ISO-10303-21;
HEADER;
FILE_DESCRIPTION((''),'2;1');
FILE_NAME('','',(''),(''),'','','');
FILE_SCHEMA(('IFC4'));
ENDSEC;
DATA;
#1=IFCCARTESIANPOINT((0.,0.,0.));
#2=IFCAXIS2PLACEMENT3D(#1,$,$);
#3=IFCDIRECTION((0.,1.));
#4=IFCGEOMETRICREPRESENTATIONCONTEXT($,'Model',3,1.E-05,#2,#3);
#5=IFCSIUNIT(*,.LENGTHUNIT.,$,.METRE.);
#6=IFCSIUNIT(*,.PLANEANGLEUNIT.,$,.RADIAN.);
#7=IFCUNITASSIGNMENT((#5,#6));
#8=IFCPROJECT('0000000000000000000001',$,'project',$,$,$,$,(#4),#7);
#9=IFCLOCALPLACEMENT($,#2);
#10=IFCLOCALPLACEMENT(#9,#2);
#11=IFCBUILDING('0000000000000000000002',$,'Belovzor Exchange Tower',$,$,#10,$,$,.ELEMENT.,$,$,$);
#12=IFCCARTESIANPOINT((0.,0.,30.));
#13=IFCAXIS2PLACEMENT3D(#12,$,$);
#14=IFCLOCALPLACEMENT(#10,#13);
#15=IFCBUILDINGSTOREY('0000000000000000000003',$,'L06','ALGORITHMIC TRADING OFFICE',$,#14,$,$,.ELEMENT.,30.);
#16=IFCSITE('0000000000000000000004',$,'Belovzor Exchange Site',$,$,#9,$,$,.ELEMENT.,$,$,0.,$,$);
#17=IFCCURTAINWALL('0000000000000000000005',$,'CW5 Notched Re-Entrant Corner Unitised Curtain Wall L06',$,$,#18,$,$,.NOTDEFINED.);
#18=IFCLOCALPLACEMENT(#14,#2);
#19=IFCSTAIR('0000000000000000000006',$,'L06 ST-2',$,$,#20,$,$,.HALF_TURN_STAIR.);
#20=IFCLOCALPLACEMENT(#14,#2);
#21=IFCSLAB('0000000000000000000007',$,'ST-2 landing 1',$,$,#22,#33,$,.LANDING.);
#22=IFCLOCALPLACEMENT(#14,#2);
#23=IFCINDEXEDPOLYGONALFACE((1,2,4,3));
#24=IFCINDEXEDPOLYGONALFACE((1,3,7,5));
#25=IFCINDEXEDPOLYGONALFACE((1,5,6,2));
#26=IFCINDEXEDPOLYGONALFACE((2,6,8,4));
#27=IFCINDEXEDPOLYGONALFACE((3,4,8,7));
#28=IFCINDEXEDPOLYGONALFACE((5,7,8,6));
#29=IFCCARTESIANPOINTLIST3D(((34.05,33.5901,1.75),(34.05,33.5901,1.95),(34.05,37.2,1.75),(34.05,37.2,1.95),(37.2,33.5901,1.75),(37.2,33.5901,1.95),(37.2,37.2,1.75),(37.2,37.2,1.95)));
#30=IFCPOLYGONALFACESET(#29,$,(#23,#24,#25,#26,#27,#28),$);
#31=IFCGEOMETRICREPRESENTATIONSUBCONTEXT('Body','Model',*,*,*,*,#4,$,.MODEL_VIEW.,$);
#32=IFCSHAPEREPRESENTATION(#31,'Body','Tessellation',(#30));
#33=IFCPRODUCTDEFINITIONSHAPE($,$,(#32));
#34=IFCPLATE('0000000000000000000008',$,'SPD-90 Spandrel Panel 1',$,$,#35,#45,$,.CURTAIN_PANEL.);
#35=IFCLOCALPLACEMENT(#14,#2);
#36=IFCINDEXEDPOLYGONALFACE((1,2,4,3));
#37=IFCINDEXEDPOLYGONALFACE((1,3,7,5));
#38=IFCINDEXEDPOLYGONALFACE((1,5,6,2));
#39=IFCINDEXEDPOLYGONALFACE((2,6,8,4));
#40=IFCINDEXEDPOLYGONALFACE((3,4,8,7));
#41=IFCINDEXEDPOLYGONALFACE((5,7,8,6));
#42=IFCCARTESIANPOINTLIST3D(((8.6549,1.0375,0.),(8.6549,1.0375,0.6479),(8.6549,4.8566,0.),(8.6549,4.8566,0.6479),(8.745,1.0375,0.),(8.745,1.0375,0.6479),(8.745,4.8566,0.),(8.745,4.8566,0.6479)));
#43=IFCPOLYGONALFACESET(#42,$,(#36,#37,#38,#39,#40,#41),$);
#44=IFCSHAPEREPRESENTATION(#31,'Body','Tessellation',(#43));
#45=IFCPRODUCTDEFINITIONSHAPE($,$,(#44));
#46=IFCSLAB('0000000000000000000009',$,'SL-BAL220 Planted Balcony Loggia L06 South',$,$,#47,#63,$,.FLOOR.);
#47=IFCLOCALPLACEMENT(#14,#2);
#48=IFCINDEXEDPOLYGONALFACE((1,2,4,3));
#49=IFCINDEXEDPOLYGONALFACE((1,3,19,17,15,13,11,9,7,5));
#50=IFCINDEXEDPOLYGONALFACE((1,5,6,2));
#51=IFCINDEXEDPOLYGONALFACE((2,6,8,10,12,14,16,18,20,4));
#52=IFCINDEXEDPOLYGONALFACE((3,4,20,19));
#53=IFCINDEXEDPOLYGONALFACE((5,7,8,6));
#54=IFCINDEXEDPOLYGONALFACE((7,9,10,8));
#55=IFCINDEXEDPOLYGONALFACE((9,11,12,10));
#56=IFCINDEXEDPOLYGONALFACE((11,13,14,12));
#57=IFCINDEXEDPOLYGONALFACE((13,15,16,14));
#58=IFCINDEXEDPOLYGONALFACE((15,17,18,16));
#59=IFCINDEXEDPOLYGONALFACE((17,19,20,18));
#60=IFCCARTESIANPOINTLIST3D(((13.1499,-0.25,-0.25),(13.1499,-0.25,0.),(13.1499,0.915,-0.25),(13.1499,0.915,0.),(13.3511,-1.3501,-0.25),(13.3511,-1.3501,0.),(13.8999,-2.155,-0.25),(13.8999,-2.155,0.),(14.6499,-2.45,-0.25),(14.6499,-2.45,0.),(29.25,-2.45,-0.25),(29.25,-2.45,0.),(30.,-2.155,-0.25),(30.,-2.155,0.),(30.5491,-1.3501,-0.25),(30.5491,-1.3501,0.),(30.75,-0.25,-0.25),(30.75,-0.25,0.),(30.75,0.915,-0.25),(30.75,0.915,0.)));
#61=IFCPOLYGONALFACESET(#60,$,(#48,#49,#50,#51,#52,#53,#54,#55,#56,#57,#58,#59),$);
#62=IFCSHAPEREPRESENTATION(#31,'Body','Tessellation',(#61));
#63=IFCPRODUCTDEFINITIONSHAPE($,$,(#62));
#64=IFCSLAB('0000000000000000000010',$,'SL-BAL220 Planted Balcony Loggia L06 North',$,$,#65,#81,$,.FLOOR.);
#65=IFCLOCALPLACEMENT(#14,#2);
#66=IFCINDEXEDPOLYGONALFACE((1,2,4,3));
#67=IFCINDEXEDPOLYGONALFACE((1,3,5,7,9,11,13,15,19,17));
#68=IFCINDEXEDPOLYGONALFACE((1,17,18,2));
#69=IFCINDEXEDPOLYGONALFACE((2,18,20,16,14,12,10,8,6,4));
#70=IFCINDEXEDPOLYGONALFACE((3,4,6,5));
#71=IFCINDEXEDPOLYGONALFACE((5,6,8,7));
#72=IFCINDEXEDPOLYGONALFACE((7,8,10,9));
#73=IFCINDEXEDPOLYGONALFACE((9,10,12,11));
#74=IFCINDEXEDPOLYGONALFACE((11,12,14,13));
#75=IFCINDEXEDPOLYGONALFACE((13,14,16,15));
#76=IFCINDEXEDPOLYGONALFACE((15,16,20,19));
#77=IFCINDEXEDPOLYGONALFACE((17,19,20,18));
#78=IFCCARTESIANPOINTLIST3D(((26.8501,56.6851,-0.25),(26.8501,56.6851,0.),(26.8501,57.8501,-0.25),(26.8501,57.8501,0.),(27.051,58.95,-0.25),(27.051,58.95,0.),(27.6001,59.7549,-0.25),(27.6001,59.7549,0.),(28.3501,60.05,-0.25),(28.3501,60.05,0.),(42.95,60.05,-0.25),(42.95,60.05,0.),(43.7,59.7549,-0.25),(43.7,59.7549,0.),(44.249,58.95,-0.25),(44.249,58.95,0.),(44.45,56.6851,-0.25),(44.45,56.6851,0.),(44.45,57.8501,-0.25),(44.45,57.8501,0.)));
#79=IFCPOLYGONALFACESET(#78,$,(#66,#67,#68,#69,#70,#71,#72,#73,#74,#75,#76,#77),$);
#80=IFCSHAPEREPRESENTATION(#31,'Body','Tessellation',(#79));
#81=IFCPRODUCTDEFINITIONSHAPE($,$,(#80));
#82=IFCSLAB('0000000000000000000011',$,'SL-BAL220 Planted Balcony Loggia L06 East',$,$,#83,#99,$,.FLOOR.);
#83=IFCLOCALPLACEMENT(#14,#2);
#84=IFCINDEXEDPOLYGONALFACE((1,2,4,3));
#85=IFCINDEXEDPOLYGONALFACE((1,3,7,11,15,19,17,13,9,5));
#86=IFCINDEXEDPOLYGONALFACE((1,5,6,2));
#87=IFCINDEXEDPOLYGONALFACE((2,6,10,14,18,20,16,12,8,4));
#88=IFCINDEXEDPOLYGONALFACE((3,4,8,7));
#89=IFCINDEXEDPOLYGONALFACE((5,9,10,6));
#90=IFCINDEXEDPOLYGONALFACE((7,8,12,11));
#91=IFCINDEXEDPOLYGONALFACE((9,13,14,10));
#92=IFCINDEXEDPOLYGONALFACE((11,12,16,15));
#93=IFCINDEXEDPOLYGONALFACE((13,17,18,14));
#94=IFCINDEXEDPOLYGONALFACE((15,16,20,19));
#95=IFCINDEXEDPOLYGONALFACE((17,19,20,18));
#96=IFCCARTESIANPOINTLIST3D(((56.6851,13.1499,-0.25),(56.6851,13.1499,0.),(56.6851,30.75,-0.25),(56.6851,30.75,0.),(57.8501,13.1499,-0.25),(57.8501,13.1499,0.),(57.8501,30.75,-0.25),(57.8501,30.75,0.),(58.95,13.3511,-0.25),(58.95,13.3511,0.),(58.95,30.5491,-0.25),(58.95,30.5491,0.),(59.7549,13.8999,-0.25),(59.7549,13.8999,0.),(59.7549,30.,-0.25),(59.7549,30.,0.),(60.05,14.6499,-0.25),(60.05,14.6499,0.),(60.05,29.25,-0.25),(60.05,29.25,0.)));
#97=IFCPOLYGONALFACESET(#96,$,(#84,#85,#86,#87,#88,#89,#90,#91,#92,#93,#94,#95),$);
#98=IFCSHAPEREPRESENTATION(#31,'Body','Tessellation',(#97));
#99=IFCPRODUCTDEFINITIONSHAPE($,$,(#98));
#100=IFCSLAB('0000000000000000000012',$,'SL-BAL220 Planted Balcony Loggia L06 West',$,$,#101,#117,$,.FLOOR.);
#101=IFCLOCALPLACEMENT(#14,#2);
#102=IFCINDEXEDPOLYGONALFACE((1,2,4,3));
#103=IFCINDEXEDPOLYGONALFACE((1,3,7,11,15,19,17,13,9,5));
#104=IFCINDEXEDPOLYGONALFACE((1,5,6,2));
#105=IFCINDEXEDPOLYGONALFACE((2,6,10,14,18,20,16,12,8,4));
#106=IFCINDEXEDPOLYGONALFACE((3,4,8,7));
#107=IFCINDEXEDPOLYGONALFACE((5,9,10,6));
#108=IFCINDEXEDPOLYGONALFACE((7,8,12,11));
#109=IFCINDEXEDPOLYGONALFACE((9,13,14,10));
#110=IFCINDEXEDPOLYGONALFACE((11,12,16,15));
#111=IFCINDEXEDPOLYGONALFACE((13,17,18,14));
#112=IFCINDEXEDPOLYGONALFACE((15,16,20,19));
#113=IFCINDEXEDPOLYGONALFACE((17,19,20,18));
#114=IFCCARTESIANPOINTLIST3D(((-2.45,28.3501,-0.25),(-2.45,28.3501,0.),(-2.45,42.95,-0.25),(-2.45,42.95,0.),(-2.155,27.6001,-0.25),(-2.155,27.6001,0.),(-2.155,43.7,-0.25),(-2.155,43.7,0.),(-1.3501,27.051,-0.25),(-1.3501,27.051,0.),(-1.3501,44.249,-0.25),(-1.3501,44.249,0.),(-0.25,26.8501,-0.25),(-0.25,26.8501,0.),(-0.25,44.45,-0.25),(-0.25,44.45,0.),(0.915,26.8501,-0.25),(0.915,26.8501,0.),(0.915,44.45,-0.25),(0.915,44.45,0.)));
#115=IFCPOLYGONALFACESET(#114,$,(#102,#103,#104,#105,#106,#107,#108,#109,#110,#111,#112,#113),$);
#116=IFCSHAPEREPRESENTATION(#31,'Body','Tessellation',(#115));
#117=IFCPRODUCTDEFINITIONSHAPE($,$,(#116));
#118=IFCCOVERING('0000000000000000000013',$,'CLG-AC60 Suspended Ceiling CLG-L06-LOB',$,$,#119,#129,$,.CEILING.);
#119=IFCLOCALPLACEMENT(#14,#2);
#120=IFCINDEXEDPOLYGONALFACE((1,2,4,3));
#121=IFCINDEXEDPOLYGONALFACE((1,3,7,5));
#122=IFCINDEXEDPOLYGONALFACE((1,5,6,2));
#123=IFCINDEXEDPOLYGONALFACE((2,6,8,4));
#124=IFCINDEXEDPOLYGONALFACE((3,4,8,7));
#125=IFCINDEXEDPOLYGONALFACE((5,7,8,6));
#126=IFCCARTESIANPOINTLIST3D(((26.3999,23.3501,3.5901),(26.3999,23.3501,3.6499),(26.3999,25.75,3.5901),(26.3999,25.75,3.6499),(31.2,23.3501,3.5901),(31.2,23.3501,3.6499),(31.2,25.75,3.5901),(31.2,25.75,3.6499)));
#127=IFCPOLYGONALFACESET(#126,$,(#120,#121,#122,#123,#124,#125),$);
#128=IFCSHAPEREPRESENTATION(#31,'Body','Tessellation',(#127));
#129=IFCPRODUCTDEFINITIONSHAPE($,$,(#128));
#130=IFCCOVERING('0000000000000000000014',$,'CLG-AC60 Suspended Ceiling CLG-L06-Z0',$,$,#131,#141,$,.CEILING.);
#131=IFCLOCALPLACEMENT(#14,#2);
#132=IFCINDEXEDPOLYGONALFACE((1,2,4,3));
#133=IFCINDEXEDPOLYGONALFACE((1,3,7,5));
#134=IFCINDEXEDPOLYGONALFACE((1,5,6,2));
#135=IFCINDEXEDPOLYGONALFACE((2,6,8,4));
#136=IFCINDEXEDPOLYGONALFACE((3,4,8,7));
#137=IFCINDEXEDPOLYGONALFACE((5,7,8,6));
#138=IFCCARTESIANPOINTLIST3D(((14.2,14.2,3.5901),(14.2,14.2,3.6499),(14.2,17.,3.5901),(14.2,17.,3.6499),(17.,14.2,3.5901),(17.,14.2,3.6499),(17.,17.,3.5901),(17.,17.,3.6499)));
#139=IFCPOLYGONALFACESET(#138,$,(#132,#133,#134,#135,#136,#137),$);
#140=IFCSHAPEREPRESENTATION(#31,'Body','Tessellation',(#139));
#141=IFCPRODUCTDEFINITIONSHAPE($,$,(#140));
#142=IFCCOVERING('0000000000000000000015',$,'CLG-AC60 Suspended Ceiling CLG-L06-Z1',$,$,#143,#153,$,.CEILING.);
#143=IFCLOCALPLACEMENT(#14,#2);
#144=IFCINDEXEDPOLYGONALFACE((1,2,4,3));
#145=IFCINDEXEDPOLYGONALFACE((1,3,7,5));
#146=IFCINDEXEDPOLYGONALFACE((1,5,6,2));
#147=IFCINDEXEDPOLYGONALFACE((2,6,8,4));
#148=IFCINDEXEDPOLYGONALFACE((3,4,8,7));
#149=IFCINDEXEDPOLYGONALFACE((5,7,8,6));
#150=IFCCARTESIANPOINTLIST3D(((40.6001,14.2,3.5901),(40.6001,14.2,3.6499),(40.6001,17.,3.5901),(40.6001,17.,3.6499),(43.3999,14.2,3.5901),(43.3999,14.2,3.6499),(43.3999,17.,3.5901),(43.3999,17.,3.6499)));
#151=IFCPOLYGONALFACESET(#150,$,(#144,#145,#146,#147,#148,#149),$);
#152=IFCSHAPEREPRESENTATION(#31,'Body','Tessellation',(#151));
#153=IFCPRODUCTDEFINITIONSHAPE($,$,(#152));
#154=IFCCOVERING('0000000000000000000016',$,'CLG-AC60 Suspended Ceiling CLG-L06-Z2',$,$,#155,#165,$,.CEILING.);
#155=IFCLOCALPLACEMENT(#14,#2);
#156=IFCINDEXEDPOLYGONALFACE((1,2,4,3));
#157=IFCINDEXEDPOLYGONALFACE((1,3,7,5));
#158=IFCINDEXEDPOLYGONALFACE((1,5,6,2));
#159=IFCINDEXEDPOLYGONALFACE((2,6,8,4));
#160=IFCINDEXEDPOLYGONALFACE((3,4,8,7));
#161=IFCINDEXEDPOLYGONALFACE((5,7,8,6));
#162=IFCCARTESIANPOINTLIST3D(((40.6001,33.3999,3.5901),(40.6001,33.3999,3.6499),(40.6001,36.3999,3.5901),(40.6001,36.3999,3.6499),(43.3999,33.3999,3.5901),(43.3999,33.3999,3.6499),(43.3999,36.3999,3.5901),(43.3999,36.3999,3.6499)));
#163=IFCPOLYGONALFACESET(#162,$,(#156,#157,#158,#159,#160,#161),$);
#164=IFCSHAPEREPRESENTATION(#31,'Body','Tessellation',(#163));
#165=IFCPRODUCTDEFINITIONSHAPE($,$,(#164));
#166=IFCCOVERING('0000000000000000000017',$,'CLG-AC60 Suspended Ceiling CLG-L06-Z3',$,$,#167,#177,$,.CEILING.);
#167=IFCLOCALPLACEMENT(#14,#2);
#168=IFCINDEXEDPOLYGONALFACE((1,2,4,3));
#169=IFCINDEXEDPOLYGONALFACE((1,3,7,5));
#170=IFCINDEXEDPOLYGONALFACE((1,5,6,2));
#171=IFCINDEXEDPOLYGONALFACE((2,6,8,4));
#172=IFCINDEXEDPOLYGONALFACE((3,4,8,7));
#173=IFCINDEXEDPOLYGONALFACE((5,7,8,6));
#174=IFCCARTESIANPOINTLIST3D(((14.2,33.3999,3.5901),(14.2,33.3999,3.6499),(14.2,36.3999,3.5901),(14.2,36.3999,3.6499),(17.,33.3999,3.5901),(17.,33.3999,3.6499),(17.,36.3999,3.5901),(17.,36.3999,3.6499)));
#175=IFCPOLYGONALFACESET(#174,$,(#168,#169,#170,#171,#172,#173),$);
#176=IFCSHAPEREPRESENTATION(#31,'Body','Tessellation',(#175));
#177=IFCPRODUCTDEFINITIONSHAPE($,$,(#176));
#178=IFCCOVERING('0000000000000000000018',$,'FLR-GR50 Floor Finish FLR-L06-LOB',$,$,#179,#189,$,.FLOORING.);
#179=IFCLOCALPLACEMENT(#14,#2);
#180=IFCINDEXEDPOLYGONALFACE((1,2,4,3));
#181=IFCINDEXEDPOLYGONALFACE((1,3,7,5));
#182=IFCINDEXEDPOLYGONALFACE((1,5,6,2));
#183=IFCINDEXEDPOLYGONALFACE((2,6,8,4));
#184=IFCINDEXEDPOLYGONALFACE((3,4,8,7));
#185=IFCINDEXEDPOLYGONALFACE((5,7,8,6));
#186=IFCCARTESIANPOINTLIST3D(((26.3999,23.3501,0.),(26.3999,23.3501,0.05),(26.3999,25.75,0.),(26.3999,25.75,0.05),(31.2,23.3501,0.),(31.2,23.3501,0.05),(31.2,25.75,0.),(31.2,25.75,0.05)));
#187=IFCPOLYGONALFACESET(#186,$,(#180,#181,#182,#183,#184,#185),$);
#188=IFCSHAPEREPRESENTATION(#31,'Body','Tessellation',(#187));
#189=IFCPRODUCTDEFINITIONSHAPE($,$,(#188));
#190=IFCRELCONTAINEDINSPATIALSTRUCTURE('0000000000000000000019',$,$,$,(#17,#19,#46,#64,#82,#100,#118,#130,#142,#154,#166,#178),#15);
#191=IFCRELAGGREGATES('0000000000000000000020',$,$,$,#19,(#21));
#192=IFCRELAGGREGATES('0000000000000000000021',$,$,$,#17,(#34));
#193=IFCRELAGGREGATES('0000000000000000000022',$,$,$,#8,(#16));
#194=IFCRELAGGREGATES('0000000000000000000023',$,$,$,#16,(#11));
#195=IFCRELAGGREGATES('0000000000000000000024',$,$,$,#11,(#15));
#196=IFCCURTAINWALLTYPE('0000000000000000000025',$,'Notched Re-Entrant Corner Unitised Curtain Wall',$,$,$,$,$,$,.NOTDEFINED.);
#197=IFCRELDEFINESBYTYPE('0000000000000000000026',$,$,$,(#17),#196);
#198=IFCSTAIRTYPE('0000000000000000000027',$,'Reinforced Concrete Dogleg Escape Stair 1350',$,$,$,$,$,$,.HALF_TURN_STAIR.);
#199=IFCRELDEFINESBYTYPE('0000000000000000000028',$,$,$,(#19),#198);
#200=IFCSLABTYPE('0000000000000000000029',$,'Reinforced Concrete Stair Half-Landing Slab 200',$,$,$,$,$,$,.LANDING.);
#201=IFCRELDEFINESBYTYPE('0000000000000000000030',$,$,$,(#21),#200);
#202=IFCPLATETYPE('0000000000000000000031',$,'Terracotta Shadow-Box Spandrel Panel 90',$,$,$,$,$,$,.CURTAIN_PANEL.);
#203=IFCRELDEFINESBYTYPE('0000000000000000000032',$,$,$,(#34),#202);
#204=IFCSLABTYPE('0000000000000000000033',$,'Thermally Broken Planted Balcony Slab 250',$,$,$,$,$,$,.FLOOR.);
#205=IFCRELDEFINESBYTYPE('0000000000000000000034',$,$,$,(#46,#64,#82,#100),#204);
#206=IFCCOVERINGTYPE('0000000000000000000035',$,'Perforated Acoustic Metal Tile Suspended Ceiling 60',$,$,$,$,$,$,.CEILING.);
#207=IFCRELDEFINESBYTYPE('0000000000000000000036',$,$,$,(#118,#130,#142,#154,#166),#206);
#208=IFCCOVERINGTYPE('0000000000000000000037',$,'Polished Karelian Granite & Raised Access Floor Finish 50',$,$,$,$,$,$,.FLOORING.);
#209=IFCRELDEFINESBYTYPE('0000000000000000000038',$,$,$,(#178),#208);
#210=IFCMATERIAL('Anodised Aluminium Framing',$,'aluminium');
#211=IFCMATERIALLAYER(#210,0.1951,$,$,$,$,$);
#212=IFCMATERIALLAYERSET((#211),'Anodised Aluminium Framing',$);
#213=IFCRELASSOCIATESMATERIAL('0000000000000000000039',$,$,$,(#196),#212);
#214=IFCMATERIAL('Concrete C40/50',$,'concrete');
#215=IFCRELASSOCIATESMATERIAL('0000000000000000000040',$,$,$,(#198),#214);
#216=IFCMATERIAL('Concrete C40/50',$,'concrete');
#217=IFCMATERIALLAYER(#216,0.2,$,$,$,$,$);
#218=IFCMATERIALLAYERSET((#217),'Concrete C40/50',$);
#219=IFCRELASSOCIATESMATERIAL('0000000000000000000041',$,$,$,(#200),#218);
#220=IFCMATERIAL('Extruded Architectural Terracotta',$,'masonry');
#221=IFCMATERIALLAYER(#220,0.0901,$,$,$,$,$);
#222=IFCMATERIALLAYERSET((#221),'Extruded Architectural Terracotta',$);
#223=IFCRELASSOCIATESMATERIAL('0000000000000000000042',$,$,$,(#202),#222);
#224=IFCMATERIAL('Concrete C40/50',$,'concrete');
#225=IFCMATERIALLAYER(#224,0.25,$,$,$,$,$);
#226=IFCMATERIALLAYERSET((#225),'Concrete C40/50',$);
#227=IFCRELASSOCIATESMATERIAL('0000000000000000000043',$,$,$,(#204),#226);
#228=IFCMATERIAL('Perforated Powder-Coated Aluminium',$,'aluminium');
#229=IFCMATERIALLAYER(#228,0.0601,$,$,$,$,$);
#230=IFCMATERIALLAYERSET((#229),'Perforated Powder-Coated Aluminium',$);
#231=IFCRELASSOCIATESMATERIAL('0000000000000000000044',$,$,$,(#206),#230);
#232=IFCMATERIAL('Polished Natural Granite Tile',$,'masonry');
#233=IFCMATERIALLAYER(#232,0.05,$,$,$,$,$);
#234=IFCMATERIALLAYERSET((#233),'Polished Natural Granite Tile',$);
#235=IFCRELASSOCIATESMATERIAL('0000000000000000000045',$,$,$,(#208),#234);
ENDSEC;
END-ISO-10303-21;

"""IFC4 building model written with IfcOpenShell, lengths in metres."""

from ifc_helpers import new_model, si_unit, direction, frame, origin, origin_2d, place, context, subcontext, project, spatial, polyline, rectangle, outline, extrude, material, layer, layer_set, type_object, element, aggregate, save


model = new_model("IFC4")

# Units and contexts
model_context = context("Model", 3, precision=1e-05, world=origin(), true_north=direction((0.0, 1.0)))
body_context = subcontext(model_context, "Body", "Model", "MODEL_VIEW")
ifc_project = project(units=[si_unit("LENGTHUNIT", "METRE"), si_unit("PLANEANGLEUNIT", "RADIAN")], contexts=[model_context])

# Site, building, storey
site_placement = place(None, origin())
site = spatial("IfcSite", under=ifc_project, at=site_placement, Name="Belovzor Exchange Site", CompositionType="ELEMENT", RefElevation=0.0)
building_placement = place(site_placement, origin())
building = spatial("IfcBuilding", under=site, at=building_placement, Name="Belovzor Exchange Tower", CompositionType="ELEMENT")
storey_placement = place(building_placement, frame((0.0, 0.0, 30.0)))
storey = spatial("IfcBuildingStorey", under=building, at=storey_placement, Name="L06", Description="ALGORITHMIC TRADING OFFICE", CompositionType="ELEMENT", Elevation=30.0)

# Curtain wall
ifc_material_1 = material(Name="Anodised Aluminium Framing", Category="aluminium")
ifc_layer_1 = layer(ifc_material_1, 0.1951)
ifc_layer_set_1 = layer_set([ifc_layer_1], Name="Anodised Aluminium Framing")
curtain_wall_type = type_object("IfcCurtainWallType", Name="Notched Re-Entrant Corner Unitised Curtain Wall", PredefinedType="NOTDEFINED", material=ifc_layer_set_1)
curtain_wall_placement = place(storey_placement, origin())
curtain_wall = element("IfcCurtainWall", 1, at=curtain_wall_placement, inside=storey, type_object=curtain_wall_type, Name="CW5 Notched Re-Entrant Corner Unitised Curtain Wall L06", PredefinedType="NOTDEFINED")

# Stair, slab
ifc_material_2 = material(Name="Concrete C40/50", Category="concrete")
stair_type = type_object("IfcStairType", Name="Reinforced Concrete Dogleg Escape Stair 1350", PredefinedType="HALF_TURN_STAIR", material=ifc_material_2)
ifc_material_3 = material(Name="Concrete C40/50", Category="concrete")
ifc_layer_2 = layer(ifc_material_3, 0.2)
ifc_layer_set_2 = layer_set([ifc_layer_2], Name="Concrete C40/50")
slab_type_1 = type_object("IfcSlabType", Name="Reinforced Concrete Stair Half-Landing Slab 200", PredefinedType="LANDING", material=ifc_layer_set_2)
stair_1_placement = place(storey_placement, origin())
stair_1 = element("IfcStair", 2, at=stair_1_placement, inside=storey, type_object=stair_type, Name="L06 ST-2", PredefinedType="HALF_TURN_STAIR")
slab_1_placement = place(storey_placement, frame((0.0, 0.0, 1.75)))
slab_1 = element("IfcSlab", 3, at=slab_1_placement, type_object=slab_type_1, Name="ST-2 landing 1", PredefinedType="LANDING", context=body_context, shape_type="SweptSolid", body=[
    extrude(outline(polyline([(37.2, 33.5901), (37.2, 37.2), (34.05, 37.2), (34.05, 33.5901), (37.2, 33.5901)])), origin(), (0.0, 0.0, 1.0), 0.2),
])
aggregate(stair_1, [slab_1])

# Plate
ifc_material_4 = material(Name="Extruded Architectural Terracotta", Category="masonry")
ifc_layer_3 = layer(ifc_material_4, 0.0901)
ifc_layer_set_3 = layer_set([ifc_layer_3], Name="Extruded Architectural Terracotta")
plate_type_1 = type_object("IfcPlateType", Name="Terracotta Shadow-Box Spandrel Panel 90", PredefinedType="CURTAIN_PANEL", material=ifc_layer_set_3)
plate_1_placement = place(storey_placement, frame((8.7, 2.947, 0.0), z_axis=(0.0, 0.0, 1.0), x_axis=(0.0, 1.0, 0.0)))
plate_1 = element("IfcPlate", 4, at=plate_1_placement, type_object=plate_type_1, Name="SPD-90 Spandrel Panel 1", PredefinedType="CURTAIN_PANEL", context=body_context, shape_type="SweptSolid", body=[
    extrude(rectangle(XDim=3.8191, YDim=0.0901, at=origin_2d()), origin(), (0.0, 0.0, 1.0), 0.6479),
])
aggregate(curtain_wall, [plate_1])

# Slabs
ifc_material_5 = material(Name="Concrete C40/50", Category="concrete")
ifc_layer_4 = layer(ifc_material_5, 0.25)
ifc_layer_set_4 = layer_set([ifc_layer_4], Name="Concrete C40/50")
slab_type_2 = type_object("IfcSlabType", Name="Thermally Broken Planted Balcony Slab 250", PredefinedType="FLOOR", material=ifc_layer_set_4)
slab_2_placement = place(storey_placement, frame((0.0, 0.0, -0.25)))
element("IfcSlab", 5, at=slab_2_placement, inside=storey, type_object=slab_type_2, Name="SL-BAL220 Planted Balcony Loggia L06 South", PredefinedType="FLOOR", context=body_context, shape_type="SweptSolid", body=[
    extrude(outline(polyline([(13.1499, 0.915), (13.1499, -0.25), (13.3511, -1.3501), (13.8999, -2.155), (14.6499, -2.45), (29.25, -2.45), (30.0, -2.155), (30.5491, -1.3501), (30.75, -0.25), (30.75, 0.915), (13.1499, 0.915)])), origin(), (0.0, 0.0, 1.0), 0.25),
])
slab_3_placement = place(storey_placement, frame((0.0, 0.0, -0.25)))
element("IfcSlab", 6, at=slab_3_placement, inside=storey, type_object=slab_type_2, Name="SL-BAL220 Planted Balcony Loggia L06 North", PredefinedType="FLOOR", context=body_context, shape_type="SweptSolid", body=[
    extrude(outline(polyline([(44.45, 56.6851), (44.45, 57.8501), (44.249, 58.95), (43.7, 59.7549), (42.95, 60.05), (28.3501, 60.05), (27.6001, 59.7549), (27.051, 58.95), (26.8501, 57.8501), (26.8501, 56.6851), (44.45, 56.6851)])), origin(), (0.0, 0.0, 1.0), 0.25),
])
slab_4_placement = place(storey_placement, frame((0.0, 0.0, -0.25)))
element("IfcSlab", 7, at=slab_4_placement, inside=storey, type_object=slab_type_2, Name="SL-BAL220 Planted Balcony Loggia L06 East", PredefinedType="FLOOR", context=body_context, shape_type="SweptSolid", body=[
    extrude(outline(polyline([(56.6851, 13.1499), (57.8501, 13.1499), (58.95, 13.3511), (59.7549, 13.8999), (60.05, 14.6499), (60.05, 29.25), (59.7549, 30.0), (58.95, 30.5491), (57.8501, 30.75), (56.6851, 30.75), (56.6851, 13.1499)])), origin(), (0.0, 0.0, 1.0), 0.25),
])
slab_5_placement = place(storey_placement, frame((0.0, 0.0, -0.25)))
element("IfcSlab", 8, at=slab_5_placement, inside=storey, type_object=slab_type_2, Name="SL-BAL220 Planted Balcony Loggia L06 West", PredefinedType="FLOOR", context=body_context, shape_type="SweptSolid", body=[
    extrude(outline(polyline([(0.915, 44.45), (-0.25, 44.45), (-1.3501, 44.249), (-2.155, 43.7), (-2.45, 42.95), (-2.45, 28.3501), (-2.155, 27.6001), (-1.3501, 27.051), (-0.25, 26.8501), (0.915, 26.8501), (0.915, 44.45)])), origin(), (0.0, 0.0, 1.0), 0.25),
])

# Coverings
ifc_material_6 = material(Name="Perforated Powder-Coated Aluminium", Category="aluminium")
ifc_layer_5 = layer(ifc_material_6, 0.0601)
ifc_layer_set_5 = layer_set([ifc_layer_5], Name="Perforated Powder-Coated Aluminium")
covering_type_1 = type_object("IfcCoveringType", Name="Perforated Acoustic Metal Tile Suspended Ceiling 60", PredefinedType="CEILING", material=ifc_layer_set_5)
covering_1_placement = place(storey_placement, frame((0.0, 0.0, 3.5901)))
element("IfcCovering", 9, at=covering_1_placement, inside=storey, type_object=covering_type_1, Name="CLG-AC60 Suspended Ceiling CLG-L06-LOB", PredefinedType="CEILING", context=body_context, shape_type="SweptSolid", body=[
    extrude(outline(polyline([(26.3999, 23.3501), (31.2, 23.3501), (31.2, 25.75), (26.3999, 25.75), (26.3999, 23.3501)])), origin(), (0.0, 0.0, 1.0), 0.0598),
])
covering_2_placement = place(storey_placement, frame((0.0, 0.0, 3.5901)))
element("IfcCovering", 10, at=covering_2_placement, inside=storey, type_object=covering_type_1, Name="CLG-AC60 Suspended Ceiling CLG-L06-Z0", PredefinedType="CEILING", context=body_context, shape_type="SweptSolid", body=[
    extrude(outline(polyline([(14.2, 14.2), (17.0, 14.2), (17.0, 17.0), (14.2, 17.0), (14.2, 14.2)])), origin(), (0.0, 0.0, 1.0), 0.0598),
])
covering_3_placement = place(storey_placement, frame((0.0, 0.0, 3.5901)))
element("IfcCovering", 11, at=covering_3_placement, inside=storey, type_object=covering_type_1, Name="CLG-AC60 Suspended Ceiling CLG-L06-Z1", PredefinedType="CEILING", context=body_context, shape_type="SweptSolid", body=[
    extrude(outline(polyline([(40.6001, 14.2), (43.3999, 14.2), (43.3999, 17.0), (40.6001, 17.0), (40.6001, 14.2)])), origin(), (0.0, 0.0, 1.0), 0.0598),
])
covering_4_placement = place(storey_placement, frame((0.0, 0.0, 3.5901)))
element("IfcCovering", 12, at=covering_4_placement, inside=storey, type_object=covering_type_1, Name="CLG-AC60 Suspended Ceiling CLG-L06-Z2", PredefinedType="CEILING", context=body_context, shape_type="SweptSolid", body=[
    extrude(outline(polyline([(40.6001, 33.3999), (43.3999, 33.3999), (43.3999, 36.3999), (40.6001, 36.3999), (40.6001, 33.3999)])), origin(), (0.0, 0.0, 1.0), 0.0598),
])
covering_5_placement = place(storey_placement, frame((0.0, 0.0, 3.5901)))
element("IfcCovering", 13, at=covering_5_placement, inside=storey, type_object=covering_type_1, Name="CLG-AC60 Suspended Ceiling CLG-L06-Z3", PredefinedType="CEILING", context=body_context, shape_type="SweptSolid", body=[
    extrude(outline(polyline([(14.2, 33.3999), (17.0, 33.3999), (17.0, 36.3999), (14.2, 36.3999), (14.2, 33.3999)])), origin(), (0.0, 0.0, 1.0), 0.0598),
])
ifc_material_7 = material(Name="Polished Natural Granite Tile", Category="masonry")
ifc_layer_6 = layer(ifc_material_7, 0.05)
ifc_layer_set_6 = layer_set([ifc_layer_6], Name="Polished Natural Granite Tile")
covering_type_2 = type_object("IfcCoveringType", Name="Polished Karelian Granite & Raised Access Floor Finish 50", PredefinedType="FLOORING", material=ifc_layer_set_6)
covering_6_placement = place(storey_placement, origin())
element("IfcCovering", 14, at=covering_6_placement, inside=storey, type_object=covering_type_2, Name="FLR-GR50 Floor Finish FLR-L06-LOB", PredefinedType="FLOORING", context=body_context, shape_type="SweptSolid", body=[
    extrude(outline(polyline([(26.3999, 23.3501), (31.2, 23.3501), (31.2, 25.75), (26.3999, 25.75), (26.3999, 23.3501)])), origin(), (0.0, 0.0, 1.0), 0.05),
])

save(model, "model.ifc")
